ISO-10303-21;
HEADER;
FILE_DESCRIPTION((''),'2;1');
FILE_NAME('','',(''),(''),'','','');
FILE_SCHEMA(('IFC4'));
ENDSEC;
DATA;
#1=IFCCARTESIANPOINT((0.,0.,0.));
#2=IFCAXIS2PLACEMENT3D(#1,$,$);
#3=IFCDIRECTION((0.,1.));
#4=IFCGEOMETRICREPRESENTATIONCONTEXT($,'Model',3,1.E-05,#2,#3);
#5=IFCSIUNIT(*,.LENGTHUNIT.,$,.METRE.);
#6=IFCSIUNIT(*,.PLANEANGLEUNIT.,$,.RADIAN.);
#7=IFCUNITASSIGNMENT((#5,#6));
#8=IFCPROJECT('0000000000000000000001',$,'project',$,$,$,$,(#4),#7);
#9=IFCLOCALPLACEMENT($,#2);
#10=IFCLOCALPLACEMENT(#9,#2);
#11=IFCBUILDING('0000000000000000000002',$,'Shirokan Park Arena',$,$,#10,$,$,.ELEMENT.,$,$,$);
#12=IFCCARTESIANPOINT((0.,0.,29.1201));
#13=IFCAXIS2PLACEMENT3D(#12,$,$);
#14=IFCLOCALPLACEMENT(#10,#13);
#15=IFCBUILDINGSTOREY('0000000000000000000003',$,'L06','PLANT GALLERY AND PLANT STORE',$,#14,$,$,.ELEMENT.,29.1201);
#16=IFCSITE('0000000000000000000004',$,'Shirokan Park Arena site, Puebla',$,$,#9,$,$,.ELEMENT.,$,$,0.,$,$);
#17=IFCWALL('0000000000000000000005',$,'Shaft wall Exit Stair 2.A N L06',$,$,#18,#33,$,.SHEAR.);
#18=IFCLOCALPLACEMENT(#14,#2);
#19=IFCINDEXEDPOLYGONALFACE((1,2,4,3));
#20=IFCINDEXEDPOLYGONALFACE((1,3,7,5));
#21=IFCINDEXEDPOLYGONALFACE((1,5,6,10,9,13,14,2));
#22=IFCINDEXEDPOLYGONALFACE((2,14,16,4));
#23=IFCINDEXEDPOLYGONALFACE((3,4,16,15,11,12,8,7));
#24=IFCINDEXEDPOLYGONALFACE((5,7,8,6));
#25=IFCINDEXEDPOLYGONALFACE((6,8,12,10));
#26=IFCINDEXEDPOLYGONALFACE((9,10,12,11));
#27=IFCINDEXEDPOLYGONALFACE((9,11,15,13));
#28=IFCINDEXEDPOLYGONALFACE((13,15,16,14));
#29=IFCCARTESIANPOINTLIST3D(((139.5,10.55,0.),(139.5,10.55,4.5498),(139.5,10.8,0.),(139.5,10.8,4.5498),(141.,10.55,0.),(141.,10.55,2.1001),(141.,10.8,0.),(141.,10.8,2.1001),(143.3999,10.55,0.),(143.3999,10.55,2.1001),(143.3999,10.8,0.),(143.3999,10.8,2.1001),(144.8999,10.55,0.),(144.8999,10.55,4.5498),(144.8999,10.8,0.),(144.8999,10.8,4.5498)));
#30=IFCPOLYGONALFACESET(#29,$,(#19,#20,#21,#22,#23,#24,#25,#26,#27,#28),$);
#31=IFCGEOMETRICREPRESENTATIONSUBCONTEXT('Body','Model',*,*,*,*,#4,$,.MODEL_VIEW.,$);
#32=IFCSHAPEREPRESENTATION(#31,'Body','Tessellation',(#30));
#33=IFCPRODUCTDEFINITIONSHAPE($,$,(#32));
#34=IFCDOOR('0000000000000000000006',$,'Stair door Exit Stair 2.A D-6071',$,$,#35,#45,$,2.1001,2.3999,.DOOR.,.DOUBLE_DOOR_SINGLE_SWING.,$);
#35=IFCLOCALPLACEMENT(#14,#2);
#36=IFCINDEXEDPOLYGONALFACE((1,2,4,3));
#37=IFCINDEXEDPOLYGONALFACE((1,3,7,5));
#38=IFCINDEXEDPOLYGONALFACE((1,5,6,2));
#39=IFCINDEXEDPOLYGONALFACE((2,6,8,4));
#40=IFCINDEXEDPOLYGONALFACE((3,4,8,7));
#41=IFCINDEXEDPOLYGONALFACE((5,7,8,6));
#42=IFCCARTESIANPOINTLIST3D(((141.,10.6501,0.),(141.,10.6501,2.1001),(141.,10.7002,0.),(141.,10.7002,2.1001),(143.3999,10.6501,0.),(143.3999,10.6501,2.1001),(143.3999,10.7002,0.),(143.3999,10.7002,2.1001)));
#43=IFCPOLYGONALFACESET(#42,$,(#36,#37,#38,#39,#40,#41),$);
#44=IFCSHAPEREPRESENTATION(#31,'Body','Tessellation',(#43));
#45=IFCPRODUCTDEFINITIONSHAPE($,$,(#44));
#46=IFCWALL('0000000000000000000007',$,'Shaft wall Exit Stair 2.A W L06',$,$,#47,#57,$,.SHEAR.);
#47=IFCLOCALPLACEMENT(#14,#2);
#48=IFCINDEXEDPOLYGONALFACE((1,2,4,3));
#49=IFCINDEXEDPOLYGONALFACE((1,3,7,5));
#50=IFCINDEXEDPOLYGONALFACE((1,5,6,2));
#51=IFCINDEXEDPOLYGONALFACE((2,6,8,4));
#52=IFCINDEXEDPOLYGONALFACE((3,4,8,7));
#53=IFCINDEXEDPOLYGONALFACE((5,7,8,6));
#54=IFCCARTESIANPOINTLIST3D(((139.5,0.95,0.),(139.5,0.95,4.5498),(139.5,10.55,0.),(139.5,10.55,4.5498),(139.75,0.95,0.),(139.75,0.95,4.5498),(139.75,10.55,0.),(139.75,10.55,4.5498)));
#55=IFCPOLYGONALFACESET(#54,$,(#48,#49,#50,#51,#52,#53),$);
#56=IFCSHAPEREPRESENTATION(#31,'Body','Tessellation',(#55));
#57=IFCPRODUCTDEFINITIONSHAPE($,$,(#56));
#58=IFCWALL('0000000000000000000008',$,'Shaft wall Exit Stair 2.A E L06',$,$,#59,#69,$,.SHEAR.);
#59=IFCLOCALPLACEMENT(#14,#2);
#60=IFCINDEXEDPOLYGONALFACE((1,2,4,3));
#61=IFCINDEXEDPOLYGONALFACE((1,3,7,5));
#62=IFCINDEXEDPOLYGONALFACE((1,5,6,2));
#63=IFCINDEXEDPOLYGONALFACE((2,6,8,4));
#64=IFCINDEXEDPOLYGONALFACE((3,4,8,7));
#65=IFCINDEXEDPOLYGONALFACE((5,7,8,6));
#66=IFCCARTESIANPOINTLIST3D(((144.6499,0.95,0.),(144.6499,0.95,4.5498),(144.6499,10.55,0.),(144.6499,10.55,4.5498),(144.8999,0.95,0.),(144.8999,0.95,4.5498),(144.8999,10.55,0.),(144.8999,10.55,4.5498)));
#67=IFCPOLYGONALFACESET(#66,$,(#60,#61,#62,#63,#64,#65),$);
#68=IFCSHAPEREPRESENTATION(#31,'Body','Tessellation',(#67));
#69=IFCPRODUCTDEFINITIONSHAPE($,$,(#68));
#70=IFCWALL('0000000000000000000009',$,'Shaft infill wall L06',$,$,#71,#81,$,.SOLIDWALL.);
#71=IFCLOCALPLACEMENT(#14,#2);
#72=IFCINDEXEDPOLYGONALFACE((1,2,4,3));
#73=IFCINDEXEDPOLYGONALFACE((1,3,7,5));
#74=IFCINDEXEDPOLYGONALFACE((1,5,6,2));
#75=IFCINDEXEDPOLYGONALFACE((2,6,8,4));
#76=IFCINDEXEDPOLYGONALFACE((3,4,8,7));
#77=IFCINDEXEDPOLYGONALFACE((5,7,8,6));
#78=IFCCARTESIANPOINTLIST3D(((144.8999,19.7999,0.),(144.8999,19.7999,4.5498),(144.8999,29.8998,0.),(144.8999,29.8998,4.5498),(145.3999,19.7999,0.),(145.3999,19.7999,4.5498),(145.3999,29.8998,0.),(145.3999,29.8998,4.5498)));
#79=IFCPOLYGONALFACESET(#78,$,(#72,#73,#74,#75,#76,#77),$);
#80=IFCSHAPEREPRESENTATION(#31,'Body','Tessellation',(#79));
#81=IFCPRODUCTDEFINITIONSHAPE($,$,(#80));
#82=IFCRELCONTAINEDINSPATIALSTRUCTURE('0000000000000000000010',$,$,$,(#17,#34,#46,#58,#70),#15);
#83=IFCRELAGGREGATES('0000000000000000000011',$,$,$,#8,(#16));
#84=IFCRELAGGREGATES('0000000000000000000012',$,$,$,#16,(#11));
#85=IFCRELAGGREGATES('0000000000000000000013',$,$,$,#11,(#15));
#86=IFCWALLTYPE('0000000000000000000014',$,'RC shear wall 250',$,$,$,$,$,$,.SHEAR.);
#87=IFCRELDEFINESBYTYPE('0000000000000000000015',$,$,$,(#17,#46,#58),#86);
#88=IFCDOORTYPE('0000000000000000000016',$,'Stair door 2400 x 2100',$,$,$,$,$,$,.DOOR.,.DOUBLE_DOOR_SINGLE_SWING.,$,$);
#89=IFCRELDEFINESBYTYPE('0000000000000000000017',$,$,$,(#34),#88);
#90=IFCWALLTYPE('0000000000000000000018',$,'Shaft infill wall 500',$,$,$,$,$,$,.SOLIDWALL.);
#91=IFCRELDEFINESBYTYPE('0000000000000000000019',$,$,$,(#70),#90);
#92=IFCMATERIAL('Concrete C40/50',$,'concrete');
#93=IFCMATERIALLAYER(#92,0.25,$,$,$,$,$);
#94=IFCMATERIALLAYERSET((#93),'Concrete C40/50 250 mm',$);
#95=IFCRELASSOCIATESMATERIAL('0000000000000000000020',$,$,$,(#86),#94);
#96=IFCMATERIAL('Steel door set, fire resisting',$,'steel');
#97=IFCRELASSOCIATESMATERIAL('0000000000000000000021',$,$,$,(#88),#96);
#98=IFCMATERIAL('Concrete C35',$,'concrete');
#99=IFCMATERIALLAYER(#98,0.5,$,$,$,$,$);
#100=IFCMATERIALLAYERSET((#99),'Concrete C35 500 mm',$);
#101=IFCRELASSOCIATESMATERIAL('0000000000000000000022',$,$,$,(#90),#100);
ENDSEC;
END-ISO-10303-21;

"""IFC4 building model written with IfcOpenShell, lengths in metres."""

from ifc_helpers import new_model, si_unit, direction, frame, frame_2d, origin, place, context, subcontext, project, spatial, rectangle, extrude, material, layer, layer_set, type_object, element, fill, save


model = new_model("IFC4")

# Units and contexts
model_context = context("Model", 3, precision=1e-05, world=origin(), true_north=direction((0.0, 1.0)))
body_context = subcontext(model_context, "Body", "Model", "MODEL_VIEW")
ifc_project = project(units=[si_unit("LENGTHUNIT", "METRE"), si_unit("PLANEANGLEUNIT", "RADIAN")], contexts=[model_context])

# Site, building, storey
site_placement = place(None, origin())
site = spatial("IfcSite", under=ifc_project, at=site_placement, Name="Shirokan Park Arena site, Puebla", CompositionType="ELEMENT", RefElevation=0.0)
building_placement = place(site_placement, origin())
building = spatial("IfcBuilding", under=site, at=building_placement, Name="Shirokan Park Arena", CompositionType="ELEMENT")
storey_placement = place(building_placement, frame((0.0, 0.0, 29.1201)))
storey = spatial("IfcBuildingStorey", under=building, at=storey_placement, Name="L06", Description="PLANT GALLERY AND PLANT STORE", CompositionType="ELEMENT", Elevation=29.1201)

# Shared definitions
ifc_material_1 = material(Name="Concrete C35", Category="concrete")

# Wall, opening, door
ifc_material_2 = material(Name="Concrete C40/50", Category="concrete")
ifc_layer_1 = layer(ifc_material_2, 0.25)
ifc_layer_set_1 = layer_set([ifc_layer_1], Name="Concrete C40/50 250 mm")
wall_type_1 = type_object("IfcWallType", Name="RC shear wall 250", PredefinedType="SHEAR", material=ifc_layer_set_1)
wall_1_placement = place(storey_placement, frame((144.8999, 10.675, 0.0), z_axis=(0.0, 0.0, 1.0), x_axis=(-1.0, 0.0, 0.0)))
wall_1 = element("IfcWall", 1, at=wall_1_placement, inside=storey, type_object=wall_type_1, Name="Shaft wall Exit Stair 2.A N L06", PredefinedType="SHEAR", context=body_context, shape_type="SweptSolid", body=[
    extrude(rectangle(XDim=5.3999, YDim=0.25, at=frame_2d((2.7, 0.0))), origin(), (0.0, 0.0, 1.0), 4.5498),
])
opening_1_placement = place(wall_1_placement, frame((1.5, 0.0, 0.0)))
opening_1 = element("IfcOpeningElement", 2, at=opening_1_placement, cuts=wall_1, PredefinedType="OPENING", context=body_context, shape_type="SweptSolid", body=[
    extrude(rectangle(XDim=2.3999, YDim=2.1001, at=frame_2d((1.2, 1.05))), frame((0.0, 0.135, 0.0), z_axis=(0.0, -1.0, 0.0), x_axis=(1.0, 0.0, 0.0)), (0.0, 0.0, 1.0), 0.27),
])
ifc_material_3 = material(Name="Steel door set, fire resisting", Category="steel")
door_type_1 = type_object("IfcDoorType", Name="Stair door 2400 x 2100", OperationType="DOUBLE_DOOR_SINGLE_SWING", PredefinedType="DOOR", material=ifc_material_3)
door_1_placement = place(opening_1_placement, origin())
door_1 = element("IfcDoor", 3, at=door_1_placement, inside=storey, type_object=door_type_1, Name="Stair door Exit Stair 2.A D-6071", OperationType="DOUBLE_DOOR_SINGLE_SWING", OverallHeight=2.1001, OverallWidth=2.3999, PredefinedType="DOOR", context=body_context, shape_type="SweptSolid", body=[
    extrude(rectangle(XDim=2.3999, YDim=2.1001, at=frame_2d((1.2, 1.05))), frame((0.0, 0.0249, 0.0), z_axis=(0.0, -1.0, 0.0), x_axis=(1.0, 0.0, 0.0)), (0.0, 0.0, 1.0), 0.05),
])
fill(opening_1, door_1)

# Walls
for number, where, z_axis, x_axis, name in (
    (4, (139.625, 10.55, 0.0), (0.0, 0.0, 1.0), (0.0, -1.0, 0.0), "Shaft wall Exit Stair 2.A W L06"),
    (5, (144.7749, 10.55, 0.0), (0.0, 0.0, 1.0), (0.0, -1.0, 0.0), "Shaft wall Exit Stair 2.A E L06"),
):
    element("IfcWall", number, at=place(storey_placement, frame(where, z_axis=z_axis, x_axis=x_axis)), inside=storey, type_object=wall_type_1, Name=name, PredefinedType="SHEAR", context=body_context, shape_type="SweptSolid", body=[
        extrude(rectangle(XDim=9.6001, YDim=0.25, at=frame_2d((4.8, 0.0))), origin(), (0.0, 0.0, 1.0), 4.5498),
    ])
ifc_layer_2 = layer(ifc_material_1, 0.5)
ifc_layer_set_2 = layer_set([ifc_layer_2], Name="Concrete C35 500 mm")
wall_type_2 = type_object("IfcWallType", Name="Shaft infill wall 500", PredefinedType="SOLIDWALL", material=ifc_layer_set_2)
wall_2_placement = place(storey_placement, frame((145.1499, 19.8, 0.0), z_axis=(0.0, 0.0, 1.0), x_axis=(0.0, 1.0, 0.0)))
element("IfcWall", 6, at=wall_2_placement, inside=storey, type_object=wall_type_2, Name="Shaft infill wall L06", PredefinedType="SOLIDWALL", context=body_context, shape_type="SweptSolid", body=[
    extrude(rectangle(XDim=10.0999, YDim=0.5, at=frame_2d((5.0498, 0.0))), origin(), (0.0, 0.0, 1.0), 4.5498),
])

save(model, "model.ifc")
